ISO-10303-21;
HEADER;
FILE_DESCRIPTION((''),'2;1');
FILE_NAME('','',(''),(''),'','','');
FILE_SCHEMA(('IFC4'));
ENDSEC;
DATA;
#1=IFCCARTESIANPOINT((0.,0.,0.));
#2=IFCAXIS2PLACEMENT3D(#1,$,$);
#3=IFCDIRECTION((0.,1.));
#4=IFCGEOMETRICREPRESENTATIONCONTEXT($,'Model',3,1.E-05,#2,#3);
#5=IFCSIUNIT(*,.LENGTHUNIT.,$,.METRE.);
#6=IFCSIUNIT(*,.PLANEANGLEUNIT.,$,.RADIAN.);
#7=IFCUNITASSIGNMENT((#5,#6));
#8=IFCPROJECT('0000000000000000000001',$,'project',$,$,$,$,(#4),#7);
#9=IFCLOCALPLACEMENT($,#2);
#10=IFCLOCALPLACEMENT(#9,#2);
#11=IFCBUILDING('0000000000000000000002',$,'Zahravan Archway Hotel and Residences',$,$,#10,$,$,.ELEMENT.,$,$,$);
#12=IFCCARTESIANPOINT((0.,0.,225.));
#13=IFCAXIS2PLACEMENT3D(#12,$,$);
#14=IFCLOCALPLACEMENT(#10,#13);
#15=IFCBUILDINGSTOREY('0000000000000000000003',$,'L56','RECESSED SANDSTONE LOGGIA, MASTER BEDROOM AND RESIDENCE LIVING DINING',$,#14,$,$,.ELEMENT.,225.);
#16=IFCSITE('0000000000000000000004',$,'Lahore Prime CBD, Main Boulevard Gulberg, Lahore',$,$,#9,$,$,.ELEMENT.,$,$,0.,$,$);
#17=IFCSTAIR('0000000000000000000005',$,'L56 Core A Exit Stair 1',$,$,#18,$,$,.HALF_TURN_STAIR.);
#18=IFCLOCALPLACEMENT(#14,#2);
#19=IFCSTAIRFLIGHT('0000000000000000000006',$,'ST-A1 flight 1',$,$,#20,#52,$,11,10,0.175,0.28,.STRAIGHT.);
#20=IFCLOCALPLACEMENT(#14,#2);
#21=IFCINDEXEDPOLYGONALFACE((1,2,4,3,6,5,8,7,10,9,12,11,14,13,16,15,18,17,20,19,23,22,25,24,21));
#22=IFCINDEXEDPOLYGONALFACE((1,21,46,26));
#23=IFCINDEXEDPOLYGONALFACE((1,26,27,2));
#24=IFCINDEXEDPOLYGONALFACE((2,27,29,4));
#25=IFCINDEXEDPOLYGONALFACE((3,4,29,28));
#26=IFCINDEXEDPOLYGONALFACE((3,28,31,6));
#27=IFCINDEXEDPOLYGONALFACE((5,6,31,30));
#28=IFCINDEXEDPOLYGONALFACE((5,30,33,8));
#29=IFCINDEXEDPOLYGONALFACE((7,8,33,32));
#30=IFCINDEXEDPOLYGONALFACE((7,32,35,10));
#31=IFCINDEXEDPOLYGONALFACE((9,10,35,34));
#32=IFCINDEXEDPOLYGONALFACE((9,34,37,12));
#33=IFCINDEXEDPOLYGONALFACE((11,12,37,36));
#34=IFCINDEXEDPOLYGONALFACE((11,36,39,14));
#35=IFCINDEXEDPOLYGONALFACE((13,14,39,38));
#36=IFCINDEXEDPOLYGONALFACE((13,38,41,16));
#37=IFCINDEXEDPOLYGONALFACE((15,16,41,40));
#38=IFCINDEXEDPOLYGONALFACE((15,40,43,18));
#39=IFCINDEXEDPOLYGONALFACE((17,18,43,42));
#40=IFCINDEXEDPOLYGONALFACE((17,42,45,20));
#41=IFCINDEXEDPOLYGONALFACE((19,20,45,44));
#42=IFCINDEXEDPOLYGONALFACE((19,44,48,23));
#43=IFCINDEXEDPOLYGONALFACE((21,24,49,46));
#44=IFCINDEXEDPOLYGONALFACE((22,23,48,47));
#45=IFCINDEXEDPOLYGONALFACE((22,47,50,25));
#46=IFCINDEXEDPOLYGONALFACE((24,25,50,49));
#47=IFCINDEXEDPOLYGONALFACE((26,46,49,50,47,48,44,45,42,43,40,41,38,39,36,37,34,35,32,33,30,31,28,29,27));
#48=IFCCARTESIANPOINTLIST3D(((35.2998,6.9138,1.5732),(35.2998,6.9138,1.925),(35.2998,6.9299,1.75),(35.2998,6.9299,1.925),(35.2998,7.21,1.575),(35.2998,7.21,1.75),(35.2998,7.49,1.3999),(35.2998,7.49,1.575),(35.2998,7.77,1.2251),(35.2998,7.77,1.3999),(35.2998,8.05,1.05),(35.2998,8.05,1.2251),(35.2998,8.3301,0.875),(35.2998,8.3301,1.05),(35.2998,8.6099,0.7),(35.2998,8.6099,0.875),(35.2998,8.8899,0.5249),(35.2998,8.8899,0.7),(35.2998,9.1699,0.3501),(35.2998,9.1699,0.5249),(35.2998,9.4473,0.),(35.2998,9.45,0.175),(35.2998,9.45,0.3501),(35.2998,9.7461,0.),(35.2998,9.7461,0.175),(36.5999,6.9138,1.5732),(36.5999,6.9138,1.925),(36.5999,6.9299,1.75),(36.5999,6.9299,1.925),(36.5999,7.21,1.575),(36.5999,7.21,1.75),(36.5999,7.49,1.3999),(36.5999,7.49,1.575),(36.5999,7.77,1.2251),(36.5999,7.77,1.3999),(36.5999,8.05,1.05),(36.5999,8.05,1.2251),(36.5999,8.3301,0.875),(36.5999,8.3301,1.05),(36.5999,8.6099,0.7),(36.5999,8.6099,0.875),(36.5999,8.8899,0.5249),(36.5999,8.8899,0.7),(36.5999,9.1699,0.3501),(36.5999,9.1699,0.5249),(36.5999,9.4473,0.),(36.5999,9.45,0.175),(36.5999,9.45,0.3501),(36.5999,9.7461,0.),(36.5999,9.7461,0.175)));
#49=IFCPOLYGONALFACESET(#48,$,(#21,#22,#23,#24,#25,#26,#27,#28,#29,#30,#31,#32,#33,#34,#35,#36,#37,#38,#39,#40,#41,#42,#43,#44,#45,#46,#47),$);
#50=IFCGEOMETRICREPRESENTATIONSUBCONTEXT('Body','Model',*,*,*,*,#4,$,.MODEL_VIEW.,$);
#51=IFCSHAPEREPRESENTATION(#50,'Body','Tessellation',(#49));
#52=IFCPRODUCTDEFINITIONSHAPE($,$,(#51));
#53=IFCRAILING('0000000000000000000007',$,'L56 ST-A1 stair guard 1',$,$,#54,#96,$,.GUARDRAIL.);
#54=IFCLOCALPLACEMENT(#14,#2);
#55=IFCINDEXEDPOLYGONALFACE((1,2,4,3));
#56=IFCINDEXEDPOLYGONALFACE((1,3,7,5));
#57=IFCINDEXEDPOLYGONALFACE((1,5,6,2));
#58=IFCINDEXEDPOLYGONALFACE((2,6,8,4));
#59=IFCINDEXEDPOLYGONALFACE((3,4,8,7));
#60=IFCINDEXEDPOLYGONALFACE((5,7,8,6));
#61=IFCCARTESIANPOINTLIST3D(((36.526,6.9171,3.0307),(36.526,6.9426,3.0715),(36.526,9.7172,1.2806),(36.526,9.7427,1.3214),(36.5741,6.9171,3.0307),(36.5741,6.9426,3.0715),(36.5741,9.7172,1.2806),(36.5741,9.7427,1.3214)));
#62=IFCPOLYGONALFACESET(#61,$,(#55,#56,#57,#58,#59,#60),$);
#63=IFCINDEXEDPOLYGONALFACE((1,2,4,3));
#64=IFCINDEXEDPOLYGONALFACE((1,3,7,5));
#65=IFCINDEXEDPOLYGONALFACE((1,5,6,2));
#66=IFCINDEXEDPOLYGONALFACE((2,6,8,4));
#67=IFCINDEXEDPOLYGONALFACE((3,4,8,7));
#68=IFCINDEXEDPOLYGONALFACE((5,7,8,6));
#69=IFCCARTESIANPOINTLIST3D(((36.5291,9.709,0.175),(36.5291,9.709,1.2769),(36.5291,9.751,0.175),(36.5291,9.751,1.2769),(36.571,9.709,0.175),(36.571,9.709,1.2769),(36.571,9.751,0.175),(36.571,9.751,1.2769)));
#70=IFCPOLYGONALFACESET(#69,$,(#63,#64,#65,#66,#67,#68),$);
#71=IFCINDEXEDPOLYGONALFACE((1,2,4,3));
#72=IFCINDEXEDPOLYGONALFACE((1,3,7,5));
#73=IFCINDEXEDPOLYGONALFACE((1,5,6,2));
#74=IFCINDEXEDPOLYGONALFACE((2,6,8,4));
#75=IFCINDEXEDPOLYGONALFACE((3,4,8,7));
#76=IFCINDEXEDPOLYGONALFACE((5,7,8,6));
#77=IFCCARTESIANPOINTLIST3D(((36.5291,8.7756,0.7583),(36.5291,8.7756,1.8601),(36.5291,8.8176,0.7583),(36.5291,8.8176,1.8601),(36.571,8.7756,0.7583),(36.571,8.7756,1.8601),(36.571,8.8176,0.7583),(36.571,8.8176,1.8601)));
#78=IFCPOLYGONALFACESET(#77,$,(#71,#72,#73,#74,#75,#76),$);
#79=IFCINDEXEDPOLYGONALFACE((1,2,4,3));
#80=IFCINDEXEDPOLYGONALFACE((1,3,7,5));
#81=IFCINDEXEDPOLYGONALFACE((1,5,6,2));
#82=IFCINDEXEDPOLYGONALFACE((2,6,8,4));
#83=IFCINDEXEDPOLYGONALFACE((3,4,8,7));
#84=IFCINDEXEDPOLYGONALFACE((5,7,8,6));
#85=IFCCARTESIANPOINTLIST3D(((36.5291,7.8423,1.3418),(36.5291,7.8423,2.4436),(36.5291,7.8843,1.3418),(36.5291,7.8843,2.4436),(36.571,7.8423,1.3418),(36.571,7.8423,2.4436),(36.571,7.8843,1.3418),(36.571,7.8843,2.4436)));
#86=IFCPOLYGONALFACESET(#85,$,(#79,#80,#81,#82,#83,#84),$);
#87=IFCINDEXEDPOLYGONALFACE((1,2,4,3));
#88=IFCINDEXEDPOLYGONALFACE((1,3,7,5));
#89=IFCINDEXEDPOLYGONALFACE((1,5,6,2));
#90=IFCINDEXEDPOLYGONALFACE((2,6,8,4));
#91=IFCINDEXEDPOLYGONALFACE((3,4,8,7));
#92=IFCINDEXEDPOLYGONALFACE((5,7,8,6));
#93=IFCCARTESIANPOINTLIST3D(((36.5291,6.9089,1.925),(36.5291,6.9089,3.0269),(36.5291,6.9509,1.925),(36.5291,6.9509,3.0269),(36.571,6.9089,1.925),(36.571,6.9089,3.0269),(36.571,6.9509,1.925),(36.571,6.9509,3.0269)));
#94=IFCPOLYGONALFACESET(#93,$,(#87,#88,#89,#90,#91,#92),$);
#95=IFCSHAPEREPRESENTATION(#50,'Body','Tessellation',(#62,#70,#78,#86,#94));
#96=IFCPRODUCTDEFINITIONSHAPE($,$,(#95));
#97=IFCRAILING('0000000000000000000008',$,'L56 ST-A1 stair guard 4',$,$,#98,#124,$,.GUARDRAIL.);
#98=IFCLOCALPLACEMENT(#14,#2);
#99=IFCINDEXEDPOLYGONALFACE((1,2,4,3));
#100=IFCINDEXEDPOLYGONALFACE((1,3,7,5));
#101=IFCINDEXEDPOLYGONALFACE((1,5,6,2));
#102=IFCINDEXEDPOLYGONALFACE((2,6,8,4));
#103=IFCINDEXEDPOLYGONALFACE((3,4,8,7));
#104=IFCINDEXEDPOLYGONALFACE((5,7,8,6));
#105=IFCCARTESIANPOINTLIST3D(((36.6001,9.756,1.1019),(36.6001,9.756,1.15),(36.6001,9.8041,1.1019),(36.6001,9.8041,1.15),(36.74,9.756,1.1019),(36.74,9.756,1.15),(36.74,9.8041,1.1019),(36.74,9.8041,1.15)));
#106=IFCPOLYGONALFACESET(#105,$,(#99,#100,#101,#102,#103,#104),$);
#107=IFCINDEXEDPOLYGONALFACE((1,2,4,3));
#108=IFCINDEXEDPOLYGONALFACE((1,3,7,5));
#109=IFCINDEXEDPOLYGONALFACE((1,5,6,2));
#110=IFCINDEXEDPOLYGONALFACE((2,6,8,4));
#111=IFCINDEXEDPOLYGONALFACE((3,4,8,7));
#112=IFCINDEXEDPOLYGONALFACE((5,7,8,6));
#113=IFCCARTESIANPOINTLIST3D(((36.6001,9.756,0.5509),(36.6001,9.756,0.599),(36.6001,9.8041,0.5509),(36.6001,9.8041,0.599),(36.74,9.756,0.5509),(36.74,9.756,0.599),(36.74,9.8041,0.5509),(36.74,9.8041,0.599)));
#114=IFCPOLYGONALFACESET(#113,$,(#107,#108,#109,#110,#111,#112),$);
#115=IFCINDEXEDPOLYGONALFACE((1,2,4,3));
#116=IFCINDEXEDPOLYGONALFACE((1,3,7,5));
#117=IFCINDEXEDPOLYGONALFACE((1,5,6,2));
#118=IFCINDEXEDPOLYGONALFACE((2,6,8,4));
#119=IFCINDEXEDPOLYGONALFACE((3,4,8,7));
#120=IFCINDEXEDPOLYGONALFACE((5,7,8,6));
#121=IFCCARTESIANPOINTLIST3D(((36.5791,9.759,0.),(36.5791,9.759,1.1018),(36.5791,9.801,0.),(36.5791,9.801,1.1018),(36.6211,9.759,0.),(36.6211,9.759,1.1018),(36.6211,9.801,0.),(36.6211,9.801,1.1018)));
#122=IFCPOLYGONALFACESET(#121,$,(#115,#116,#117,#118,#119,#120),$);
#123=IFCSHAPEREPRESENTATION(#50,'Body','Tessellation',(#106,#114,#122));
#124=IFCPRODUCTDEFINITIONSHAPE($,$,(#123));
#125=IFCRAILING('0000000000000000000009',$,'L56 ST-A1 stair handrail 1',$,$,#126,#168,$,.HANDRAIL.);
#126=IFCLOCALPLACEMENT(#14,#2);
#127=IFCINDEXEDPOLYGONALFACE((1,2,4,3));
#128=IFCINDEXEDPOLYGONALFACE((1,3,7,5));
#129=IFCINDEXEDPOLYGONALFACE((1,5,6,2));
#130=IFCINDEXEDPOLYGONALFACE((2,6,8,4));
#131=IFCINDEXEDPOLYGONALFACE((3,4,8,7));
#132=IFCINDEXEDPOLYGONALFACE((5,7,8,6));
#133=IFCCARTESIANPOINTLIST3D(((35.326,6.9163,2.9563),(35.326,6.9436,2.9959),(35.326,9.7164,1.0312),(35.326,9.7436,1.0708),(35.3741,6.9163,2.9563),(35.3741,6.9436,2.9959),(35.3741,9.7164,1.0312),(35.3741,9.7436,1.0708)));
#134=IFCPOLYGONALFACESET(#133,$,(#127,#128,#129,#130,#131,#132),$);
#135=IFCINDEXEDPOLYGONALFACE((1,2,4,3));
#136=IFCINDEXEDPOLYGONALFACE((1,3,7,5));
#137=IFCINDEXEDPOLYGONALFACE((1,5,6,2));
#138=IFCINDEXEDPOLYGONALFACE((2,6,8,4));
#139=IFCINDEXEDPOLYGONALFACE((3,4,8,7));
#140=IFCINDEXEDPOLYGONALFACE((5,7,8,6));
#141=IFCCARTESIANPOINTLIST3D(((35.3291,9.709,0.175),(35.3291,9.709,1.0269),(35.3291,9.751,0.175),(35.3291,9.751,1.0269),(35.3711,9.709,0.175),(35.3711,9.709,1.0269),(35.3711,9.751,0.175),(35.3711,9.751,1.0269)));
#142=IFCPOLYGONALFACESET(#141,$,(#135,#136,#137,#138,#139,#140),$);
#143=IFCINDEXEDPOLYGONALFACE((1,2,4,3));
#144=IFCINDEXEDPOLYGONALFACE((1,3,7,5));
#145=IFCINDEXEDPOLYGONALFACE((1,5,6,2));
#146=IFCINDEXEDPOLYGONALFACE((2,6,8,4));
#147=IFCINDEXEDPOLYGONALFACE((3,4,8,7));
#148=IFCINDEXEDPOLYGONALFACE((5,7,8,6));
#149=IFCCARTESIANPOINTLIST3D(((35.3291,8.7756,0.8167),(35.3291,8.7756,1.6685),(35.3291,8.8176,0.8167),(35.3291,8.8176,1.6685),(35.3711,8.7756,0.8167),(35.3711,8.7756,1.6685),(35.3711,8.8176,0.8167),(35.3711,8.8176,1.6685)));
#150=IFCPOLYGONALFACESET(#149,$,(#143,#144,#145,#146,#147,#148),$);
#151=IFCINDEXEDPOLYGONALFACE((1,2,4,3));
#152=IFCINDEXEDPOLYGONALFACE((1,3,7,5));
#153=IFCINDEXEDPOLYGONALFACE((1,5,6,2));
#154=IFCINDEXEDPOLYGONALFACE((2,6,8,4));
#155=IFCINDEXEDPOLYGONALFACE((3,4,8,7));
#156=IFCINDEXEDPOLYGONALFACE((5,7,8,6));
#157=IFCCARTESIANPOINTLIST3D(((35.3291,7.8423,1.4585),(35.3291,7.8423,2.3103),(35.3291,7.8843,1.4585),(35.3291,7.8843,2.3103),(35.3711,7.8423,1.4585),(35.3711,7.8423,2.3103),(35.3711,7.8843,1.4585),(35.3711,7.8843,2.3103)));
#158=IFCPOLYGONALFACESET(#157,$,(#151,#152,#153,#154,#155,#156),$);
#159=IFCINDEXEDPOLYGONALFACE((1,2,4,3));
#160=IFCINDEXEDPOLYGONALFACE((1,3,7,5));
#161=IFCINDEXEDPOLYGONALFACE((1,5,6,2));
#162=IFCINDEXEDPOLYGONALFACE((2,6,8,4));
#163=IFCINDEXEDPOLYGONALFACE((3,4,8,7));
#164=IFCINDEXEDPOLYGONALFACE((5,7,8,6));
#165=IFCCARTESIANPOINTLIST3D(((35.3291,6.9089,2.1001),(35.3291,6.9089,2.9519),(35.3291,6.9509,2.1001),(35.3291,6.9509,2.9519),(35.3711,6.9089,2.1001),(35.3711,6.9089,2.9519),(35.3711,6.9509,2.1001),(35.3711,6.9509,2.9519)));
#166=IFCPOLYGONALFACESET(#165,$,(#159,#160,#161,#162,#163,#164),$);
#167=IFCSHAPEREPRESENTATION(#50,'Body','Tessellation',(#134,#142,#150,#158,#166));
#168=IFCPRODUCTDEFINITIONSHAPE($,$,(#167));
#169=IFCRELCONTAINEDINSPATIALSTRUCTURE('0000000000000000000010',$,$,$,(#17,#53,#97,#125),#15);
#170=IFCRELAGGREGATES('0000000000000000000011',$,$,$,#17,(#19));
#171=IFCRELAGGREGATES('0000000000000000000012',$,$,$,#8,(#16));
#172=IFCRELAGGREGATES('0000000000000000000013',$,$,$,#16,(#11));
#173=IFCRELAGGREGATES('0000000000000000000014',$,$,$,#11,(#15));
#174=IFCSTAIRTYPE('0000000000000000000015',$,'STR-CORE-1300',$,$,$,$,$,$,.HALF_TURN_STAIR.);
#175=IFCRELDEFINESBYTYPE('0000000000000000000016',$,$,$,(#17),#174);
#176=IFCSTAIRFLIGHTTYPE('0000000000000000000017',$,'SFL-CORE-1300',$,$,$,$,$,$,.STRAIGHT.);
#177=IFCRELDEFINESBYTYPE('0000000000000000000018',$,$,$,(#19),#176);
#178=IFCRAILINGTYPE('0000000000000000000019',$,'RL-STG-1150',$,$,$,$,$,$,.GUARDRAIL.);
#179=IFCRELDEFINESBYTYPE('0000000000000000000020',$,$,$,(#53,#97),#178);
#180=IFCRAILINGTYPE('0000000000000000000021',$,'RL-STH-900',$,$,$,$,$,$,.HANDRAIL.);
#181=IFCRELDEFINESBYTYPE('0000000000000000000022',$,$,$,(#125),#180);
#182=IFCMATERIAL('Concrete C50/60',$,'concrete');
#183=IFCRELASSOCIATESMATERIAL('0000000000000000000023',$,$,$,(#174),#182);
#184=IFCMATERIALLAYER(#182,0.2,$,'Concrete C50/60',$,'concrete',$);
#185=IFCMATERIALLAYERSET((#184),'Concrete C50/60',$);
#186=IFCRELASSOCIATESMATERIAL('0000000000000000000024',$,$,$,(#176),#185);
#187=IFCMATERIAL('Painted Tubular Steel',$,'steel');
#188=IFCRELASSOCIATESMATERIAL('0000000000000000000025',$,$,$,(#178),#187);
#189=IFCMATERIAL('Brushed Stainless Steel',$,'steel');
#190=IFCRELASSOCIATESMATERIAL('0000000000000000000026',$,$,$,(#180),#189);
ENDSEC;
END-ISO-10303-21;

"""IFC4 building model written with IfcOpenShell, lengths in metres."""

from ifc_helpers import new_model, si_unit, direction, frame, origin, origin_2d, place, context, subcontext, project, spatial, polyline, rectangle, outline, extrude, source, transform, mapped, material, layer, layer_set, type_object, element, aggregate, save


model = new_model("IFC4")

# Units and contexts
model_context = context("Model", 3, precision=1e-05, world=origin(), true_north=direction((0.0, 1.0)))
body_context = subcontext(model_context, "Body", "Model", "MODEL_VIEW")
ifc_project = project(units=[si_unit("LENGTHUNIT", "METRE"), si_unit("PLANEANGLEUNIT", "RADIAN")], contexts=[model_context])

# Site, building, storey
site_placement = place(None, origin())
site = spatial("IfcSite", under=ifc_project, at=site_placement, Name="Lahore Prime CBD, Main Boulevard Gulberg, Lahore", CompositionType="ELEMENT", RefElevation=0.0)
building_placement = place(site_placement, origin())
building = spatial("IfcBuilding", under=site, at=building_placement, Name="Zahravan Archway Hotel and Residences", CompositionType="ELEMENT")
storey_placement = place(building_placement, frame((0.0, 0.0, 225.0)))
storey = spatial("IfcBuildingStorey", under=building, at=storey_placement, Name="L56", Description="RECESSED SANDSTONE LOGGIA, MASTER BEDROOM AND RESIDENCE LIVING DINING", CompositionType="ELEMENT", Elevation=225.0)

# Shared definitions
ifc_material_1 = material(Name="Concrete C50/60", Category="concrete")

# Shared definitions
ifc_material_2 = material(Name="Brushed Stainless Steel", Category="steel")

# Stair, stair flight
stair_type = type_object("IfcStairType", Name="STR-CORE-1300", PredefinedType="HALF_TURN_STAIR", material=ifc_material_1)
stair_placement = place(storey_placement, origin())
stair = element("IfcStair", 1, at=stair_placement, inside=storey, type_object=stair_type, Name="L56 Core A Exit Stair 1", PredefinedType="HALF_TURN_STAIR")
ifc_layer_1 = layer(ifc_material_1, 0.2, Name="Concrete C50/60", Category="concrete")
ifc_layer_set_1 = layer_set([ifc_layer_1], Name="Concrete C50/60")
stair_flight_type = type_object("IfcStairFlightType", Name="SFL-CORE-1300", PredefinedType="STRAIGHT", material=ifc_layer_set_1)
shared_shape_1 = source(origin(), body_context, "Body", "SweptSolid", [
    extrude(outline(polyline([(-0.0161, 0.0), (-0.0161, 0.175), (0.28, 0.175), (0.28, 0.3501), (0.5601, 0.3501), (0.5601, 0.5249), (0.8401, 0.5249), (0.8401, 0.7), (1.1201, 0.7), (1.1201, 0.875), (1.3999, 0.875), (1.3999, 1.05), (1.6799, 1.05), (1.6799, 1.2251), (1.96, 1.2251), (1.96, 1.3999), (2.24, 1.3999), (2.24, 1.575), (2.52, 1.575), (2.52, 1.75), (2.8, 1.75), (2.8, 1.925), (2.8162, 1.925), (2.8162, 1.5732), (0.2827, 0.0), (-0.0161, 0.0)])), frame((0.0, 0.6499, 0.0), z_axis=(0.0, -1.0, 0.0), x_axis=(1.0, 0.0, 0.0)), (0.0, 0.0, 1.0), 1.3),
])
stair_flight_placement = place(storey_placement, frame((35.95, 9.73, 0.0), z_axis=(0.0, 0.0, 1.0), x_axis=(0.0, -1.0, 0.0)))
stair_flight = element("IfcStairFlight", 2, at=stair_flight_placement, type_object=stair_flight_type, Name="ST-A1 flight 1", NumberOfRisers=11, NumberOfTreads=10, PredefinedType="STRAIGHT", RiserHeight=0.175, TreadLength=0.28, context=body_context, shape_type="MappedRepresentation", body=[
    mapped(shared_shape_1, transform((0.0, 0.0, 0.0), scale=1.0)),
])
aggregate(stair, [stair_flight])

# Railings
ifc_material_3 = material(Name="Painted Tubular Steel", Category="steel")
railing_type_1 = type_object("IfcRailingType", Name="RL-STG-1150", PredefinedType="GUARDRAIL", material=ifc_material_3)
railing_1_placement = place(storey_placement, frame((36.55, 9.73, 0.175)))
element("IfcRailing", 3, at=railing_1_placement, inside=storey, type_object=railing_type_1, Name="L56 ST-A1 stair guard 1", PredefinedType="GUARDRAIL", context=body_context, shape_type="SweptSolid", body=[
    extrude(rectangle(XDim=0.0481, YDim=0.0481, at=origin_2d()), frame((0.0, 0.0, 1.126), z_axis=(0.0, -0.848002, 0.529992), x_axis=(1.0, 0.0, 0.0)), (0.0, 0.0, 1.0), 3.302),
    extrude(rectangle(XDim=0.042, YDim=0.042, at=origin_2d()), origin(), (0.0, 0.0, 1.0), 1.1018),
    extrude(rectangle(XDim=0.042, YDim=0.042, at=origin_2d()), frame((0.0, -0.9333, 0.5833)), (0.0, 0.0, 1.0), 1.1018),
    extrude(rectangle(XDim=0.042, YDim=0.042, at=origin_2d()), frame((0.0, -1.8667, 1.1667)), (0.0, 0.0, 1.0), 1.1018),
    extrude(rectangle(XDim=0.042, YDim=0.042, at=origin_2d()), frame((0.0, -2.8, 1.75)), (0.0, 0.0, 1.0), 1.1018),
])
railing_2_placement = place(storey_placement, frame((36.6001, 9.78, 0.0)))
element("IfcRailing", 4, at=railing_2_placement, inside=storey, type_object=railing_type_1, Name="L56 ST-A1 stair guard 4", PredefinedType="GUARDRAIL", context=body_context, shape_type="SweptSolid", body=[
    extrude(rectangle(XDim=0.0481, YDim=0.0481, at=origin_2d()), frame((0.0, 0.0, 1.126), z_axis=(1.0, 0.0, 0.0), x_axis=(0.0, 1.0, 0.0)), (0.0, 0.0, 1.0), 0.1399),
    extrude(rectangle(XDim=0.0481, YDim=0.0481, at=origin_2d()), frame((0.0, 0.0, 0.575), z_axis=(1.0, 0.0, 0.0), x_axis=(0.0, 1.0, 0.0)), (0.0, 0.0, 1.0), 0.1399),
    extrude(rectangle(XDim=0.042, YDim=0.042, at=origin_2d()), origin(), (0.0, 0.0, 1.0), 1.1018),
])
railing_type_2 = type_object("IfcRailingType", Name="RL-STH-900", PredefinedType="HANDRAIL", material=ifc_material_2)
railing_3_placement = place(storey_placement, frame((35.3501, 9.73, 0.175)))
element("IfcRailing", 5, at=railing_3_placement, inside=storey, type_object=railing_type_2, Name="L56 ST-A1 stair handrail 1", PredefinedType="HANDRAIL", context=body_context, shape_type="SweptSolid", body=[
    extrude(rectangle(XDim=0.0481, YDim=0.0481, at=origin_2d()), frame((0.0, 0.0, 0.876), z_axis=(0.0, -0.82404, 0.566532), x_axis=(1.0, 0.0, 0.0)), (0.0, 0.0, 1.0), 3.3979),
    extrude(rectangle(XDim=0.042, YDim=0.042, at=origin_2d()), origin(), (0.0, 0.0, 1.0), 0.8518),
    extrude(rectangle(XDim=0.042, YDim=0.042, at=origin_2d()), frame((0.0, -0.9333, 0.6416)), (0.0, 0.0, 1.0), 0.8518),
    extrude(rectangle(XDim=0.042, YDim=0.042, at=origin_2d()), frame((0.0, -1.8667, 1.2834)), (0.0, 0.0, 1.0), 0.8518),
    extrude(rectangle(XDim=0.042, YDim=0.042, at=origin_2d()), frame((0.0, -2.8, 1.925)), (0.0, 0.0, 1.0), 0.8518),
])

save(model, "model.ifc")
